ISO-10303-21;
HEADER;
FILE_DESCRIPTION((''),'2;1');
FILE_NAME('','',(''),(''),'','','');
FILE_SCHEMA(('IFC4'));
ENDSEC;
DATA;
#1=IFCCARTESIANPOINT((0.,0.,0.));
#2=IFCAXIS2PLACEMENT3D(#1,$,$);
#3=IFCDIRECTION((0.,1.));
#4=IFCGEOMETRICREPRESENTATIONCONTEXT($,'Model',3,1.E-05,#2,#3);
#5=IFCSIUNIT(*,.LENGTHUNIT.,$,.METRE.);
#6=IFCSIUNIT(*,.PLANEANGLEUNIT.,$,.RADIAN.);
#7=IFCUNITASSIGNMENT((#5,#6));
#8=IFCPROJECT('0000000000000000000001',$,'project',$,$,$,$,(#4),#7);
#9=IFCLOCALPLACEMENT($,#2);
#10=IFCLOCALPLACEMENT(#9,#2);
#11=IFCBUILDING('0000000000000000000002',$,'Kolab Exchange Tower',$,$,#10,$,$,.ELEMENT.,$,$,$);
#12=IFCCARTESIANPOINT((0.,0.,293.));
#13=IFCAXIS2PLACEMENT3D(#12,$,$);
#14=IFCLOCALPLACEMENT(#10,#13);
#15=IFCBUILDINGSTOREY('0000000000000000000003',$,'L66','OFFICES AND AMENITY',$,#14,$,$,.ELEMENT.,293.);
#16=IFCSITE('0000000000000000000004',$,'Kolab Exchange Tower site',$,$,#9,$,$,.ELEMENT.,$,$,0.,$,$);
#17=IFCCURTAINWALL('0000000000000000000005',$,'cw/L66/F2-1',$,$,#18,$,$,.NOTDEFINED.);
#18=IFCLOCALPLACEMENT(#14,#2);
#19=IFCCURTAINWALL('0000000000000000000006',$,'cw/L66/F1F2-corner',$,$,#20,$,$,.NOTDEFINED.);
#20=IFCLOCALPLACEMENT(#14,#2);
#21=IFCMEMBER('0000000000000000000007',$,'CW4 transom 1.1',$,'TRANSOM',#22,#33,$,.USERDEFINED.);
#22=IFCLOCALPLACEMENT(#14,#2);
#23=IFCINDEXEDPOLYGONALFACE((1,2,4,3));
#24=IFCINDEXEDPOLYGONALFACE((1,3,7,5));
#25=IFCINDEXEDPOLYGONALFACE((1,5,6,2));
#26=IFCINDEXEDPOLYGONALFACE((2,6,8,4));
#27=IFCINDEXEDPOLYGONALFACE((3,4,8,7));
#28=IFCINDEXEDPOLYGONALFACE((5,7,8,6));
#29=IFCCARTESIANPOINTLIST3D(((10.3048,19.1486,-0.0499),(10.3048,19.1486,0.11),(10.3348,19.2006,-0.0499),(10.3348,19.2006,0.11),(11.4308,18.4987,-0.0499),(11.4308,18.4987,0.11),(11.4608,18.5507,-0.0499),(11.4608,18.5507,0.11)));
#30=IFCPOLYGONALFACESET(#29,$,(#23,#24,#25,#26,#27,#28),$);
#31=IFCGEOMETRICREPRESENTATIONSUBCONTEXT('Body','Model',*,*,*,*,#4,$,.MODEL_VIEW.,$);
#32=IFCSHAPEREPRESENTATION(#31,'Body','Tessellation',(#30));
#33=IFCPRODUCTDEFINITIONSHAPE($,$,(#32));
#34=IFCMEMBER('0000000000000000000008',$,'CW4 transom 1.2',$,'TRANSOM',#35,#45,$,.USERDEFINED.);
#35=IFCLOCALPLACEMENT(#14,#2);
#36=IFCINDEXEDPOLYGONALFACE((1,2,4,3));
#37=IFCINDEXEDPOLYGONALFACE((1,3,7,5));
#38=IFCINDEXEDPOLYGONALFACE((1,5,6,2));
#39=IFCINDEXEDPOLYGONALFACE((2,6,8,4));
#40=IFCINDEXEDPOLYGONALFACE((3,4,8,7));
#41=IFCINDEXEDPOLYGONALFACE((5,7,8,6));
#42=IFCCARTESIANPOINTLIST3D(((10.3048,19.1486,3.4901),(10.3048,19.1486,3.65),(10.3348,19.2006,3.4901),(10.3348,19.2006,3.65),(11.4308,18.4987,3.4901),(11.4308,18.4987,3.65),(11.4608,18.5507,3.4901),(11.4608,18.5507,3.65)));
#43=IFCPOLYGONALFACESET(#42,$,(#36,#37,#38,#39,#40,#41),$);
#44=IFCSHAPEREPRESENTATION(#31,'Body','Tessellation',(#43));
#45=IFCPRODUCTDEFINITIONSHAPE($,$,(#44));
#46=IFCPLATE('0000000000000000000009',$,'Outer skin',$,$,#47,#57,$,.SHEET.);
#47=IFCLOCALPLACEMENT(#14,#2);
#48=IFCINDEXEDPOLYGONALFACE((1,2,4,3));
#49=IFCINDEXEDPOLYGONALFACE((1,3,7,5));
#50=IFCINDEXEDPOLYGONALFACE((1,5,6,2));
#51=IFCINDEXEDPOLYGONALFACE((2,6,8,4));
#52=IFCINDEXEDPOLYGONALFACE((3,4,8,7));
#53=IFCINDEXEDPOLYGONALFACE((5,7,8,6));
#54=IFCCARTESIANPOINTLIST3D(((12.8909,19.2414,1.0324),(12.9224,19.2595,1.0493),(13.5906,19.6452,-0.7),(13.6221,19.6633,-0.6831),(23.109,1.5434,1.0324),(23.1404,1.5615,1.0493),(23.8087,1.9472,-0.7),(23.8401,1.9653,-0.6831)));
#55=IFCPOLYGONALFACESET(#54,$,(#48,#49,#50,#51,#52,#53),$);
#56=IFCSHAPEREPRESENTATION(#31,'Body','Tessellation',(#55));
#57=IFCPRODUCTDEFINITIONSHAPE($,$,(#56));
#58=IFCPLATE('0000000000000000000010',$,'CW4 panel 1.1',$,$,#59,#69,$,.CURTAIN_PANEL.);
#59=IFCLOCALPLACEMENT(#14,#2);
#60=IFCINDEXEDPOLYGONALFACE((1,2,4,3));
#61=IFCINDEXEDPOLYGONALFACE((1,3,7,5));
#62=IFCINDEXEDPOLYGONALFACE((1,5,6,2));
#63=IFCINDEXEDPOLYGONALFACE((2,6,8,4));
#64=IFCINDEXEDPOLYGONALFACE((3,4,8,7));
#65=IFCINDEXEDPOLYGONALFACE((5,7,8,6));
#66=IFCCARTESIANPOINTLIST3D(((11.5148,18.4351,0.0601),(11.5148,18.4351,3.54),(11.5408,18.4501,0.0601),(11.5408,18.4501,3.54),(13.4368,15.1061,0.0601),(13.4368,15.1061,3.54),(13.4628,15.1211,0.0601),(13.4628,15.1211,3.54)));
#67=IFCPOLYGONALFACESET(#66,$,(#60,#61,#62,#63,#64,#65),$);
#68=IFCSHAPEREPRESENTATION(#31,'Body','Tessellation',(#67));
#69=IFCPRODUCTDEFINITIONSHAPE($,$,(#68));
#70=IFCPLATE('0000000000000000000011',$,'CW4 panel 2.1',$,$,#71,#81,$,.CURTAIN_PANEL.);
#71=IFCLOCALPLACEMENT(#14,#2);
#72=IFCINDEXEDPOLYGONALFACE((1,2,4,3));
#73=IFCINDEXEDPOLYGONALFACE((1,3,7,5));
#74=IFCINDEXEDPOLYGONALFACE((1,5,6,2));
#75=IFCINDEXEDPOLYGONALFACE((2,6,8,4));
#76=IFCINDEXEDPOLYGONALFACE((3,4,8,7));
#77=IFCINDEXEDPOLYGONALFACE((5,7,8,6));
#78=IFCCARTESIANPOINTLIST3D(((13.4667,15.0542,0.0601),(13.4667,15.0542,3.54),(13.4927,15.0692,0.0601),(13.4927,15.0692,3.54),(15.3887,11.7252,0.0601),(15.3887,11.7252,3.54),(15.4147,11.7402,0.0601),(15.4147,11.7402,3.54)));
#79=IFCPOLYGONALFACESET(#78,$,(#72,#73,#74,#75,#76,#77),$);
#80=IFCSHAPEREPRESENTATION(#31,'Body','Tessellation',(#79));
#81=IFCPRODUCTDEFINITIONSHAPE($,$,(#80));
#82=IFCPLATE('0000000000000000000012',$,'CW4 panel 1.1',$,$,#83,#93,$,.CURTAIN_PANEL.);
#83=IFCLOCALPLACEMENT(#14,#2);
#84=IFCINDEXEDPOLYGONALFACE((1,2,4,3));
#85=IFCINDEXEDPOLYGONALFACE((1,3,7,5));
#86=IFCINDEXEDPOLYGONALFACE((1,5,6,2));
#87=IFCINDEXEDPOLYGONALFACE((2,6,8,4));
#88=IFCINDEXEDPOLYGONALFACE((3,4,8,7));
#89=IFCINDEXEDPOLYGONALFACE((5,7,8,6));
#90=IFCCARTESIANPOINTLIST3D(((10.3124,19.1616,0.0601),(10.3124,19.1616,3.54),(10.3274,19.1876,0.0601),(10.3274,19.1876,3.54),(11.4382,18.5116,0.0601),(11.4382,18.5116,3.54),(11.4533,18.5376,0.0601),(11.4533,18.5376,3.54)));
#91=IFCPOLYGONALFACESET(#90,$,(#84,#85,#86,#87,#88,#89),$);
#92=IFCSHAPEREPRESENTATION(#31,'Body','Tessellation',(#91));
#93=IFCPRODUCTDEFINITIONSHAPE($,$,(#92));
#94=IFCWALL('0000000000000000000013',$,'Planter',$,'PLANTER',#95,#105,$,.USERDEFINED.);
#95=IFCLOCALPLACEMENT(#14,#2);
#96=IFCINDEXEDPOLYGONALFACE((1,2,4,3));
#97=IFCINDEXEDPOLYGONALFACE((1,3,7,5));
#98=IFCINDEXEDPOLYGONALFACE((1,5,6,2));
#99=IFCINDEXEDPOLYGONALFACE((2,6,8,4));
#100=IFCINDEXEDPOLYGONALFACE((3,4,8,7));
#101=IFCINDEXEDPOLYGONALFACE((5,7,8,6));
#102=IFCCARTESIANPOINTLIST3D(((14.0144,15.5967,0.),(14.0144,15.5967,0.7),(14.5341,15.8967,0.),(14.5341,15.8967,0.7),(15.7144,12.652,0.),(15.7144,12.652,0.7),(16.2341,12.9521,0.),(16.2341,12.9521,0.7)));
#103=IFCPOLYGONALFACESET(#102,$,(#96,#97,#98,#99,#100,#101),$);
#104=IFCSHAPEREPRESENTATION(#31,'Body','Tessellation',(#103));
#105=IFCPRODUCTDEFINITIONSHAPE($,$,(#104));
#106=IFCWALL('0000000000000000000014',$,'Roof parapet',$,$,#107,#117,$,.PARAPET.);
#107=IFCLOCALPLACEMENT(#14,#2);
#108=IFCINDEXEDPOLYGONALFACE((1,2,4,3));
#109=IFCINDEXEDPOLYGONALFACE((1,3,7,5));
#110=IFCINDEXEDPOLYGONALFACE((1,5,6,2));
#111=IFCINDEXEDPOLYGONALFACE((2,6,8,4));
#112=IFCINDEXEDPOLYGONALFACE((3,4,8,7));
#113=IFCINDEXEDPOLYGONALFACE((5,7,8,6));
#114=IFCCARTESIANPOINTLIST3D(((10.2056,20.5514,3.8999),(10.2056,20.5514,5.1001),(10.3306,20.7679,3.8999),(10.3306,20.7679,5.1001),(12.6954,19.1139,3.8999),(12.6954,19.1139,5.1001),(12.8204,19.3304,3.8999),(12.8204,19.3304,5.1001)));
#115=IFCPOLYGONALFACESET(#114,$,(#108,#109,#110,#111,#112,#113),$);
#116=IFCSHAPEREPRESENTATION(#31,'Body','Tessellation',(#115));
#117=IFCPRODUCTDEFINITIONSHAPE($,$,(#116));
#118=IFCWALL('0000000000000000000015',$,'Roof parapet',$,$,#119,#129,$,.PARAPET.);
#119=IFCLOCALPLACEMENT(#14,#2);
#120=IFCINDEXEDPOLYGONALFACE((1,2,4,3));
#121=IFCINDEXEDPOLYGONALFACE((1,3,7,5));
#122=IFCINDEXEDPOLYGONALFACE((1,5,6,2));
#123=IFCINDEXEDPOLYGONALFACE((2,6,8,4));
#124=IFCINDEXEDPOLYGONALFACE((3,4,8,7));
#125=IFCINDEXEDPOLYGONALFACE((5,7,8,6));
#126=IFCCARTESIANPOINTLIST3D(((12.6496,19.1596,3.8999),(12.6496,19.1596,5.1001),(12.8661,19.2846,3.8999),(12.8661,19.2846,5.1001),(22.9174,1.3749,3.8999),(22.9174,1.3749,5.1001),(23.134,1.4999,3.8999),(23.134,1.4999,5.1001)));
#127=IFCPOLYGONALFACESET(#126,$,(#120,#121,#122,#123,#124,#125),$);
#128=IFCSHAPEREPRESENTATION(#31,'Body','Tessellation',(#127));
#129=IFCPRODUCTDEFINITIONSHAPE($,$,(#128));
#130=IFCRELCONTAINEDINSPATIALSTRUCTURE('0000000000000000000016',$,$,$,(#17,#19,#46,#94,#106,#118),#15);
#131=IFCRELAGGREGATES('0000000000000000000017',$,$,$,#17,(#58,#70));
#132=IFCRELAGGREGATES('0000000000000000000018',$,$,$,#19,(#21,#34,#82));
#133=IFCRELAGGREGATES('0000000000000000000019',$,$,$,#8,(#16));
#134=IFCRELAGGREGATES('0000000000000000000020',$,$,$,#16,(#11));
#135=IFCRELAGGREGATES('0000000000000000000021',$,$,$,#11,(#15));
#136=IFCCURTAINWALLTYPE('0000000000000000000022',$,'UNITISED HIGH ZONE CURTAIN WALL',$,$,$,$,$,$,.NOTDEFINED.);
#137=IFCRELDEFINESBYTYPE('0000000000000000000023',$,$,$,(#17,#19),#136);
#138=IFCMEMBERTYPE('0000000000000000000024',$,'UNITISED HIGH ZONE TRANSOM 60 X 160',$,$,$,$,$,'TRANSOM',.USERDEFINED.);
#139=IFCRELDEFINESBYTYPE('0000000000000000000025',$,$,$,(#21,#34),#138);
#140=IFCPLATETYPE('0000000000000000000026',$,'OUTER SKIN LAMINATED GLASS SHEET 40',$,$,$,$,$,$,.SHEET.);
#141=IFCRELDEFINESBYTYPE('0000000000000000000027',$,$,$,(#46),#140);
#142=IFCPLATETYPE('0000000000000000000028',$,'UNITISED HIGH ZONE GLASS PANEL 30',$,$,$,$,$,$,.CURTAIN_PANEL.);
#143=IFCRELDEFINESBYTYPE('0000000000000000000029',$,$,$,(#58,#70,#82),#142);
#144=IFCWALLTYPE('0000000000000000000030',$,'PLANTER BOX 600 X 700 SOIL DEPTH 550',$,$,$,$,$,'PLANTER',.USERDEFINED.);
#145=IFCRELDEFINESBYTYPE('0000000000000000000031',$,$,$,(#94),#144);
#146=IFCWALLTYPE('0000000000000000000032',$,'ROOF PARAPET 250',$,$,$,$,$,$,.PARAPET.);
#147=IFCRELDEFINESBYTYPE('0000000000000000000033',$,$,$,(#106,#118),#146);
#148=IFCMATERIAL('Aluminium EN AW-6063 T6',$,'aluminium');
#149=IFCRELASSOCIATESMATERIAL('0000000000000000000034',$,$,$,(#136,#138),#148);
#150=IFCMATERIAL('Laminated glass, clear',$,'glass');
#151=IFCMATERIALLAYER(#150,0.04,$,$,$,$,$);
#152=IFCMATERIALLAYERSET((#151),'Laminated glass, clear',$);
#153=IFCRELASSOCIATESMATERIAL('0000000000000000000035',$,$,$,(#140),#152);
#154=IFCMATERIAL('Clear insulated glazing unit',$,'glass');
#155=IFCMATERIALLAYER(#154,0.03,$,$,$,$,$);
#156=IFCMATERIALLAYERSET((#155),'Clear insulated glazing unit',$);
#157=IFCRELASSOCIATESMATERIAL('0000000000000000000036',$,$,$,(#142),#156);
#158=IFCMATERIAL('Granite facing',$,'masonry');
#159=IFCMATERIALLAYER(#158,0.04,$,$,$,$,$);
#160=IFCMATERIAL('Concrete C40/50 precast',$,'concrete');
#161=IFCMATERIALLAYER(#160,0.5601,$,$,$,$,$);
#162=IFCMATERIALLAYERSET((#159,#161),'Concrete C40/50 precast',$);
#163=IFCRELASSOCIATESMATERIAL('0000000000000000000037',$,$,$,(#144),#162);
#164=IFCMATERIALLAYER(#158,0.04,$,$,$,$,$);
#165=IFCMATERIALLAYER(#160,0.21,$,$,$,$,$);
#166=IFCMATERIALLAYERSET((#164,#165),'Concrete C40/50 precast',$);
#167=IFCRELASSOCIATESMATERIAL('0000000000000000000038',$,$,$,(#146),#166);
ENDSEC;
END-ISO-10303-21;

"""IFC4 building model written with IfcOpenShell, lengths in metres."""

from ifc_helpers import new_model, si_unit, direction, frame, frame_2d, origin, origin_2d, place, context, subcontext, project, spatial, polyline, rectangle, outline, extrude, material, layer, layer_set, material_profile, profile_set, type_object, element, aggregate, save


model = new_model("IFC4")

# Units and contexts
model_context = context("Model", 3, precision=1e-05, world=origin(), true_north=direction((0.0, 1.0)))
body_context = subcontext(model_context, "Body", "Model", "MODEL_VIEW")
ifc_project = project(units=[si_unit("LENGTHUNIT", "METRE"), si_unit("PLANEANGLEUNIT", "RADIAN")], contexts=[model_context])

# Site, building, storey
site_placement = place(None, origin())
site = spatial("IfcSite", under=ifc_project, at=site_placement, Name="Kolab Exchange Tower site", CompositionType="ELEMENT", RefElevation=0.0)
building_placement = place(site_placement, origin())
building = spatial("IfcBuilding", under=site, at=building_placement, Name="Kolab Exchange Tower", CompositionType="ELEMENT")
storey_placement = place(building_placement, frame((0.0, 0.0, 293.0)))
storey = spatial("IfcBuildingStorey", under=building, at=storey_placement, Name="L66", Description="OFFICES AND AMENITY", CompositionType="ELEMENT", Elevation=293.0)

# Shared definitions
ifc_material_1 = material(Name="Aluminium EN AW-6063 T6", Category="aluminium")
curtain_wall_type = type_object("IfcCurtainWallType", Name="UNITISED HIGH ZONE CURTAIN WALL", PredefinedType="NOTDEFINED", material=ifc_material_1)

# Curtain walls
curtain_wall_1_placement = place(storey_placement, origin())
curtain_wall_1 = element("IfcCurtainWall", 1, at=curtain_wall_1_placement, inside=storey, type_object=curtain_wall_type, Name="cw/L66/F2-1", PredefinedType="NOTDEFINED")
curtain_wall_2_placement = place(storey_placement, origin())
curtain_wall_2 = element("IfcCurtainWall", 2, at=curtain_wall_2_placement, inside=storey, type_object=curtain_wall_type, Name="cw/L66/F1F2-corner", PredefinedType="NOTDEFINED")

# Members
ifc_material_profile_1 = material_profile(ifc_material_1, rectangle(XDim=0.0601, YDim=0.1599, at=origin_2d()), Name="RECT 60X160")
ifc_profile_set_1 = profile_set([ifc_material_profile_1], Name="Aluminium EN AW-6063 T6")
member_type_1 = type_object("IfcMemberType", Name="UNITISED HIGH ZONE TRANSOM 60 X 160", ElementType="TRANSOM", PredefinedType="USERDEFINED", material=ifc_profile_set_1)
member_1_placement = place(storey_placement, frame((10.3198, 19.1746, 0.03), z_axis=(0.866086, -0.499896, 0.0), x_axis=(0.499896, 0.866086, 0.0)))
member_1 = element("IfcMember", 3, at=member_1_placement, type_object=member_type_1, Name="CW4 transom 1.1", ObjectType="TRANSOM", PredefinedType="USERDEFINED", context=body_context, shape_type="SweptSolid", body=[
    extrude(rectangle(XDim=0.0601, YDim=0.1599, at=origin_2d()), origin(), (0.0, 0.0, 1.0), 1.3),
])
member_2_placement = place(storey_placement, frame((10.3198, 19.1746, 3.5701), z_axis=(0.866086, -0.499896, 0.0), x_axis=(0.499896, 0.866086, 0.0)))
member_2 = element("IfcMember", 4, at=member_2_placement, type_object=member_type_1, Name="CW4 transom 1.2", ObjectType="TRANSOM", PredefinedType="USERDEFINED", context=body_context, shape_type="SweptSolid", body=[
    extrude(rectangle(XDim=0.0601, YDim=0.1599, at=origin_2d()), origin(), (0.0, 0.0, 1.0), 1.3),
])

# Plates
ifc_material_2 = material(Name="Laminated glass, clear", Category="glass")
ifc_layer_1 = layer(ifc_material_2, 0.04)
ifc_layer_set_1 = layer_set([ifc_layer_1], Name="Laminated glass, clear")
plate_type_1 = type_object("IfcPlateType", Name="OUTER SKIN LAMINATED GLASS SHEET 40", PredefinedType="SHEET", material=ifc_layer_set_1)
plate_1_placement = place(storey_placement, frame((13.6221, 19.6633, -0.6831), z_axis=(0.78488, 0.453154, 0.42263), x_axis=(0.500003, -0.866024, 0.0)))
element("IfcPlate", 5, at=plate_1_placement, inside=storey, type_object=plate_type_1, Name="Outer skin", PredefinedType="SHEET", context=body_context, shape_type="SweptSolid", body=[
    extrude(outline(polyline([(0.0, 0.0), (20.4359, 0.0), (20.4358, -1.9115), (-0.0001, -1.9115), (0.0, 0.0)])), origin(), (0.0, 0.0, -1.0), 0.04),
])
ifc_material_3 = material(Name="Clear insulated glazing unit", Category="glass")
ifc_layer_2 = layer(ifc_material_3, 0.03)
ifc_layer_set_2 = layer_set([ifc_layer_2], Name="Clear insulated glazing unit")
plate_type_2 = type_object("IfcPlateType", Name="UNITISED HIGH ZONE GLASS PANEL 30", PredefinedType="CURTAIN_PANEL", material=ifc_layer_set_2)
plate_2_placement = place(storey_placement, frame((12.4888, 16.7781, 0.0601), z_axis=(0.0, 0.0, 1.0), x_axis=(0.5, -0.866025, 0.0)))
plate_2 = element("IfcPlate", 6, at=plate_2_placement, type_object=plate_type_2, Name="CW4 panel 1.1", PredefinedType="CURTAIN_PANEL", context=body_context, shape_type="SweptSolid", body=[
    extrude(rectangle(XDim=3.844, YDim=0.03, at=origin_2d()), origin(), (0.0, 0.0, 1.0), 3.48),
])
plate_3_placement = place(storey_placement, frame((14.4407, 13.3972, 0.0601), z_axis=(0.0, 0.0, 1.0), x_axis=(0.5, -0.866025, 0.0)))
plate_3 = element("IfcPlate", 7, at=plate_3_placement, type_object=plate_type_2, Name="CW4 panel 2.1", PredefinedType="CURTAIN_PANEL", context=body_context, shape_type="SweptSolid", body=[
    extrude(rectangle(XDim=3.844, YDim=0.03, at=origin_2d()), origin(), (0.0, 0.0, 1.0), 3.48),
])
aggregate(curtain_wall_1, [plate_2, plate_3])
plate_4_placement = place(storey_placement, frame((10.8828, 18.8496, 0.0601), z_axis=(0.0, 0.0, 1.0), x_axis=(0.866025, -0.5, 0.0)))
plate_4 = element("IfcPlate", 8, at=plate_4_placement, type_object=plate_type_2, Name="CW4 panel 1.1", PredefinedType="CURTAIN_PANEL", context=body_context, shape_type="SweptSolid", body=[
    extrude(rectangle(XDim=1.3, YDim=0.03, at=origin_2d()), origin(), (0.0, 0.0, 1.0), 3.48),
])
aggregate(curtain_wall_2, [member_1, member_2, plate_4])

# Walls
ifc_material_4 = material(Name="Granite facing", Category="masonry")
ifc_layer_3 = layer(ifc_material_4, 0.04)
ifc_material_5 = material(Name="Concrete C40/50 precast", Category="concrete")
ifc_layer_4 = layer(ifc_material_5, 0.5601)
ifc_layer_set_3 = layer_set([ifc_layer_3, ifc_layer_4], Name="Concrete C40/50 precast")
wall_type_1 = type_object("IfcWallType", Name="PLANTER BOX 600 X 700 SOIL DEPTH 550", ElementType="PLANTER", PredefinedType="USERDEFINED", material=ifc_layer_set_3)
wall_1_placement = place(storey_placement, frame((14.2742, 15.7468, 0.0), z_axis=(0.0, 0.0, 1.0), x_axis=(0.499977, -0.866039, 0.0)))
element("IfcWall", 9, at=wall_1_placement, inside=storey, type_object=wall_type_1, Name="Planter", ObjectType="PLANTER", PredefinedType="USERDEFINED", context=body_context, shape_type="SweptSolid", body=[
    extrude(rectangle(XDim=3.4001, YDim=0.6001, at=frame_2d((1.7002, 0.0))), origin(), (0.0, 0.0, 1.0), 0.7),
])
ifc_layer_5 = layer(ifc_material_4, 0.04)
ifc_layer_6 = layer(ifc_material_5, 0.21)
ifc_layer_set_4 = layer_set([ifc_layer_5, ifc_layer_6], Name="Concrete C40/50 precast")
wall_type_2 = type_object("IfcWallType", Name="ROOF PARAPET 250", PredefinedType="PARAPET", material=ifc_layer_set_4)
wall_2_placement = place(storey_placement, frame((10.2681, 20.6597, 3.8999), z_axis=(0.0, 0.0, 1.0), x_axis=(0.866019, -0.500012, 0.0)))
element("IfcWall", 10, at=wall_2_placement, inside=storey, type_object=wall_type_2, Name="Roof parapet", PredefinedType="PARAPET", context=body_context, shape_type="SweptSolid", body=[
    extrude(rectangle(XDim=2.875, YDim=0.25, at=frame_2d((1.4375, 0.0))), origin(), (0.0, 0.0, 1.0), 1.2002),
])
wall_3_placement = place(storey_placement, frame((12.7578, 19.2222, 3.8999), z_axis=(0.0, 0.0, 1.0), x_axis=(0.499994, -0.866029, 0.0)))
element("IfcWall", 11, at=wall_3_placement, inside=storey, type_object=wall_type_2, Name="Roof parapet", PredefinedType="PARAPET", context=body_context, shape_type="SweptSolid", body=[
    extrude(rectangle(XDim=20.5359, YDim=0.25, at=frame_2d((10.2681, 0.0))), origin(), (0.0, 0.0, 1.0), 1.2002),
])

save(model, "model.ifc")
